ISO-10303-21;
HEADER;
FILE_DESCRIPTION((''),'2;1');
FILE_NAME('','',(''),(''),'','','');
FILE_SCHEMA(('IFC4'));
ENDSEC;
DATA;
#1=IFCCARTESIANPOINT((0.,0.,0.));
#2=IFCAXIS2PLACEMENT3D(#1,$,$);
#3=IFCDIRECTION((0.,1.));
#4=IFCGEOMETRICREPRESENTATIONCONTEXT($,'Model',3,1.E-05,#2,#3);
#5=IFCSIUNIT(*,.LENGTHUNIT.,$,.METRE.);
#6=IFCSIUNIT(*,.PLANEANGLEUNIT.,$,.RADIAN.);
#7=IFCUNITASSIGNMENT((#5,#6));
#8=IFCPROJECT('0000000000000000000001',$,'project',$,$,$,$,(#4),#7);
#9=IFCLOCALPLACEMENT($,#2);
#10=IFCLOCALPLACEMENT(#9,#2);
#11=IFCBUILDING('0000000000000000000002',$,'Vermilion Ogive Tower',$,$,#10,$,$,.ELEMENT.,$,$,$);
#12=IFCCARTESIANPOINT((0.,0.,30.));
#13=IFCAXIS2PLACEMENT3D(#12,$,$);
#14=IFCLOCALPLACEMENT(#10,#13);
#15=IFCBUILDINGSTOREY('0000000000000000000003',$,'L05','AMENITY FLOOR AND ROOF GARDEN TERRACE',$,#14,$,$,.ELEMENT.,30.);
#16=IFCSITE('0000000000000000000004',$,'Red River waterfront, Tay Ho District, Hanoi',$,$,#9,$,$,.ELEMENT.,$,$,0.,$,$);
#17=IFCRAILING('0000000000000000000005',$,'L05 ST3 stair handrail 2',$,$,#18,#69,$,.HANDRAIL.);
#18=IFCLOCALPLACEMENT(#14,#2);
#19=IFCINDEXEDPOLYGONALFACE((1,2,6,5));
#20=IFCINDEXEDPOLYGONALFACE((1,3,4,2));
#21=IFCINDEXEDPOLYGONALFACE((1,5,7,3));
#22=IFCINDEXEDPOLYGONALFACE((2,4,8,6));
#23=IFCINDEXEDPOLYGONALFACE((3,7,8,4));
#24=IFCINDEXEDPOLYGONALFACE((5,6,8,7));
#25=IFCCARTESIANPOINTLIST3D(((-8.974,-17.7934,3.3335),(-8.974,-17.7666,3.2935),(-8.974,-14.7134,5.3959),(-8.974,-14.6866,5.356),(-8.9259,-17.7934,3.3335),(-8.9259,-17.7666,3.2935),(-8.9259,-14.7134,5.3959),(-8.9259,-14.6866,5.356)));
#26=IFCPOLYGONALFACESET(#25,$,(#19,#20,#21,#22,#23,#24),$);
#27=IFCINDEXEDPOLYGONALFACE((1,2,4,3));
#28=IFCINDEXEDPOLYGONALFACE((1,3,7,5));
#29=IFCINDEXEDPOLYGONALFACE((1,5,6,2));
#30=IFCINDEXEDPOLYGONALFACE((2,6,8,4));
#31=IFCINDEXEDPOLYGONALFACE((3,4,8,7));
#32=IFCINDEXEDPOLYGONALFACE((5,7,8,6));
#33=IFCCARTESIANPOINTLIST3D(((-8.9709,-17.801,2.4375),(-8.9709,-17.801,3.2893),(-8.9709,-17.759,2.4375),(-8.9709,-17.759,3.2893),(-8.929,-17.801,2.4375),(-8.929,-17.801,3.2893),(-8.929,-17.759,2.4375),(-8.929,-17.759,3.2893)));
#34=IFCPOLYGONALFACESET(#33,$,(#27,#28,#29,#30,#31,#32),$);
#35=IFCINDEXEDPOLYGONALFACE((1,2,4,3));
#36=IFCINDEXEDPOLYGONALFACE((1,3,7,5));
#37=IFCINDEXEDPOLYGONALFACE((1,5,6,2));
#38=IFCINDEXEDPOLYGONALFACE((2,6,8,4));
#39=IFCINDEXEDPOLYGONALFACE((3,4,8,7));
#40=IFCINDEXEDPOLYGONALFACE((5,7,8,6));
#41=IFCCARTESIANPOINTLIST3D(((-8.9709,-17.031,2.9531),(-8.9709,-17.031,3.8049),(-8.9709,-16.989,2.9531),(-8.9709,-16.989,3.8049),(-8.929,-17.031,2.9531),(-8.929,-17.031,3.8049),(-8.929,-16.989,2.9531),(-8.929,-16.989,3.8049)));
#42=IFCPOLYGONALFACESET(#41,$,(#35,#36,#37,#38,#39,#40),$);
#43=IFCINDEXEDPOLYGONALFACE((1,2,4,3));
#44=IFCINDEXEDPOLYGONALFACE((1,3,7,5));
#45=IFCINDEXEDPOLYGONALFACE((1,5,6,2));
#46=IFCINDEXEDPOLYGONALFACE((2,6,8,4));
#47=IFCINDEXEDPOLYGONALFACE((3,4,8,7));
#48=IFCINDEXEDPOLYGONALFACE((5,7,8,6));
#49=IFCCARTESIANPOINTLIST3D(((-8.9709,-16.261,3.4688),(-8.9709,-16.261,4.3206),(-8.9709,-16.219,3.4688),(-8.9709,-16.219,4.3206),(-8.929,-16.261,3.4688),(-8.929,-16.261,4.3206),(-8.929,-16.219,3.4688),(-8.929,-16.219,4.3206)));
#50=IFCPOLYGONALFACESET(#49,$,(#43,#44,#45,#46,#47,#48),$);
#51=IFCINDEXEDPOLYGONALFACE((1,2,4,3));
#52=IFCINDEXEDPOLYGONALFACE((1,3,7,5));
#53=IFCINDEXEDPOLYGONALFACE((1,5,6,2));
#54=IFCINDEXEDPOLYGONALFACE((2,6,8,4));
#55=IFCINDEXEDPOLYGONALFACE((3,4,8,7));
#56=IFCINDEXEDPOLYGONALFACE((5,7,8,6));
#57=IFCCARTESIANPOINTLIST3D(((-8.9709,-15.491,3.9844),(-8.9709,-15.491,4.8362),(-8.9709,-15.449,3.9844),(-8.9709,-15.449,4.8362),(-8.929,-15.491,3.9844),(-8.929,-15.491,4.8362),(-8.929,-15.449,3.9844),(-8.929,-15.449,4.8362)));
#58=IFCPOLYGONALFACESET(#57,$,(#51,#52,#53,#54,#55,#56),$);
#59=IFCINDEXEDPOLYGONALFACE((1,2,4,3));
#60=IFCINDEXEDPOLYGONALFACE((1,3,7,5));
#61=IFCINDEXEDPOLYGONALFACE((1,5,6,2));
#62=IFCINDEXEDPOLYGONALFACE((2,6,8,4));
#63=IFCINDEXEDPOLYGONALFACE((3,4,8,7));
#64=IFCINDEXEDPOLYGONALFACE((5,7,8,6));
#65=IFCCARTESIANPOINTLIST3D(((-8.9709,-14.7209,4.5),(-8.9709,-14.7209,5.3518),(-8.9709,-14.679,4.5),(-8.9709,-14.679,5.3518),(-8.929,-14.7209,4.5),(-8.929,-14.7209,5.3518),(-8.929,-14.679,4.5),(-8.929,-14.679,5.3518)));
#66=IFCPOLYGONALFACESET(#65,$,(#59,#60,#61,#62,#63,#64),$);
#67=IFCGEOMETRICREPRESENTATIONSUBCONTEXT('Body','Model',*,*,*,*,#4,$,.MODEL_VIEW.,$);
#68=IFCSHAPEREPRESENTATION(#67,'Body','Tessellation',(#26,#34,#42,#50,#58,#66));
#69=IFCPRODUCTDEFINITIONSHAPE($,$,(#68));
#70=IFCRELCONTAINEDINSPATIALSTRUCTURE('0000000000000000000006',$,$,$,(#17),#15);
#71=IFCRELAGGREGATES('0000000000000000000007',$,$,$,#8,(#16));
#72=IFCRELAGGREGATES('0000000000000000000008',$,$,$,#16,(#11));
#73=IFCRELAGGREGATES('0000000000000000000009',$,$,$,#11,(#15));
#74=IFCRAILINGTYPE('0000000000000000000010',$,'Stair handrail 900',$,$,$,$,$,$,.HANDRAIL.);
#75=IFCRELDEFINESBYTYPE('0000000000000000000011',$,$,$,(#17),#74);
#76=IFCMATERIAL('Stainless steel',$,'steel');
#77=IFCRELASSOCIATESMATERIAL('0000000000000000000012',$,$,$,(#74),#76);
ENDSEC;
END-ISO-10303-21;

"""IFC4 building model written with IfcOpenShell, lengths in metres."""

from ifc_helpers import new_model, si_unit, direction, frame, origin, origin_2d, place, context, subcontext, project, spatial, rectangle, extrude, material, type_object, element, save


model = new_model("IFC4")

# Units and contexts
model_context = context("Model", 3, precision=1e-05, world=origin(), true_north=direction((0.0, 1.0)))
body_context = subcontext(model_context, "Body", "Model", "MODEL_VIEW")
ifc_project = project(units=[si_unit("LENGTHUNIT", "METRE"), si_unit("PLANEANGLEUNIT", "RADIAN")], contexts=[model_context])

# Site, building, storey
site_placement = place(None, origin())
site = spatial("IfcSite", under=ifc_project, at=site_placement, Name="Red River waterfront, Tay Ho District, Hanoi", CompositionType="ELEMENT", RefElevation=0.0)
building_placement = place(site_placement, origin())
building = spatial("IfcBuilding", under=site, at=building_placement, Name="Vermilion Ogive Tower", CompositionType="ELEMENT")
storey_placement = place(building_placement, frame((0.0, 0.0, 30.0)))
storey = spatial("IfcBuildingStorey", under=building, at=storey_placement, Name="L05", Description="AMENITY FLOOR AND ROOF GARDEN TERRACE", CompositionType="ELEMENT", Elevation=30.0)

# Railing
ifc_material_1 = material(Name="Stainless steel", Category="steel")
railing_type = type_object("IfcRailingType", Name="Stair handrail 900", PredefinedType="HANDRAIL", material=ifc_material_1)
railing_placement = place(storey_placement, frame((-8.95, -17.78, 2.4375)))
element("IfcRailing", 1, at=railing_placement, inside=storey, type_object=railing_type, Name="L05 ST3 stair handrail 2", PredefinedType="HANDRAIL", context=body_context, shape_type="SweptSolid", body=[
    extrude(rectangle(XDim=0.0481, YDim=0.0481, at=origin_2d()), frame((0.0, 0.0, 0.876), z_axis=(0.0, 0.830914, 0.556401), x_axis=(-1.0, 0.0, 0.0)), (0.0, 0.0, 1.0), 3.7068),
    extrude(rectangle(XDim=0.042, YDim=0.042, at=origin_2d()), origin(), (0.0, 0.0, 1.0), 0.8518),
    extrude(rectangle(XDim=0.042, YDim=0.042, at=origin_2d()), frame((0.0, 0.77, 0.5156)), (0.0, 0.0, 1.0), 0.8518),
    extrude(rectangle(XDim=0.042, YDim=0.042, at=origin_2d()), frame((0.0, 1.54, 1.0312)), (0.0, 0.0, 1.0), 0.8518),
    extrude(rectangle(XDim=0.042, YDim=0.042, at=origin_2d()), frame((0.0, 2.3101, 1.5469)), (0.0, 0.0, 1.0), 0.8518),
    extrude(rectangle(XDim=0.042, YDim=0.042, at=origin_2d()), frame((0.0, 3.0801, 2.0625)), (0.0, 0.0, 1.0), 0.8518),
])

save(model, "model.ifc")
